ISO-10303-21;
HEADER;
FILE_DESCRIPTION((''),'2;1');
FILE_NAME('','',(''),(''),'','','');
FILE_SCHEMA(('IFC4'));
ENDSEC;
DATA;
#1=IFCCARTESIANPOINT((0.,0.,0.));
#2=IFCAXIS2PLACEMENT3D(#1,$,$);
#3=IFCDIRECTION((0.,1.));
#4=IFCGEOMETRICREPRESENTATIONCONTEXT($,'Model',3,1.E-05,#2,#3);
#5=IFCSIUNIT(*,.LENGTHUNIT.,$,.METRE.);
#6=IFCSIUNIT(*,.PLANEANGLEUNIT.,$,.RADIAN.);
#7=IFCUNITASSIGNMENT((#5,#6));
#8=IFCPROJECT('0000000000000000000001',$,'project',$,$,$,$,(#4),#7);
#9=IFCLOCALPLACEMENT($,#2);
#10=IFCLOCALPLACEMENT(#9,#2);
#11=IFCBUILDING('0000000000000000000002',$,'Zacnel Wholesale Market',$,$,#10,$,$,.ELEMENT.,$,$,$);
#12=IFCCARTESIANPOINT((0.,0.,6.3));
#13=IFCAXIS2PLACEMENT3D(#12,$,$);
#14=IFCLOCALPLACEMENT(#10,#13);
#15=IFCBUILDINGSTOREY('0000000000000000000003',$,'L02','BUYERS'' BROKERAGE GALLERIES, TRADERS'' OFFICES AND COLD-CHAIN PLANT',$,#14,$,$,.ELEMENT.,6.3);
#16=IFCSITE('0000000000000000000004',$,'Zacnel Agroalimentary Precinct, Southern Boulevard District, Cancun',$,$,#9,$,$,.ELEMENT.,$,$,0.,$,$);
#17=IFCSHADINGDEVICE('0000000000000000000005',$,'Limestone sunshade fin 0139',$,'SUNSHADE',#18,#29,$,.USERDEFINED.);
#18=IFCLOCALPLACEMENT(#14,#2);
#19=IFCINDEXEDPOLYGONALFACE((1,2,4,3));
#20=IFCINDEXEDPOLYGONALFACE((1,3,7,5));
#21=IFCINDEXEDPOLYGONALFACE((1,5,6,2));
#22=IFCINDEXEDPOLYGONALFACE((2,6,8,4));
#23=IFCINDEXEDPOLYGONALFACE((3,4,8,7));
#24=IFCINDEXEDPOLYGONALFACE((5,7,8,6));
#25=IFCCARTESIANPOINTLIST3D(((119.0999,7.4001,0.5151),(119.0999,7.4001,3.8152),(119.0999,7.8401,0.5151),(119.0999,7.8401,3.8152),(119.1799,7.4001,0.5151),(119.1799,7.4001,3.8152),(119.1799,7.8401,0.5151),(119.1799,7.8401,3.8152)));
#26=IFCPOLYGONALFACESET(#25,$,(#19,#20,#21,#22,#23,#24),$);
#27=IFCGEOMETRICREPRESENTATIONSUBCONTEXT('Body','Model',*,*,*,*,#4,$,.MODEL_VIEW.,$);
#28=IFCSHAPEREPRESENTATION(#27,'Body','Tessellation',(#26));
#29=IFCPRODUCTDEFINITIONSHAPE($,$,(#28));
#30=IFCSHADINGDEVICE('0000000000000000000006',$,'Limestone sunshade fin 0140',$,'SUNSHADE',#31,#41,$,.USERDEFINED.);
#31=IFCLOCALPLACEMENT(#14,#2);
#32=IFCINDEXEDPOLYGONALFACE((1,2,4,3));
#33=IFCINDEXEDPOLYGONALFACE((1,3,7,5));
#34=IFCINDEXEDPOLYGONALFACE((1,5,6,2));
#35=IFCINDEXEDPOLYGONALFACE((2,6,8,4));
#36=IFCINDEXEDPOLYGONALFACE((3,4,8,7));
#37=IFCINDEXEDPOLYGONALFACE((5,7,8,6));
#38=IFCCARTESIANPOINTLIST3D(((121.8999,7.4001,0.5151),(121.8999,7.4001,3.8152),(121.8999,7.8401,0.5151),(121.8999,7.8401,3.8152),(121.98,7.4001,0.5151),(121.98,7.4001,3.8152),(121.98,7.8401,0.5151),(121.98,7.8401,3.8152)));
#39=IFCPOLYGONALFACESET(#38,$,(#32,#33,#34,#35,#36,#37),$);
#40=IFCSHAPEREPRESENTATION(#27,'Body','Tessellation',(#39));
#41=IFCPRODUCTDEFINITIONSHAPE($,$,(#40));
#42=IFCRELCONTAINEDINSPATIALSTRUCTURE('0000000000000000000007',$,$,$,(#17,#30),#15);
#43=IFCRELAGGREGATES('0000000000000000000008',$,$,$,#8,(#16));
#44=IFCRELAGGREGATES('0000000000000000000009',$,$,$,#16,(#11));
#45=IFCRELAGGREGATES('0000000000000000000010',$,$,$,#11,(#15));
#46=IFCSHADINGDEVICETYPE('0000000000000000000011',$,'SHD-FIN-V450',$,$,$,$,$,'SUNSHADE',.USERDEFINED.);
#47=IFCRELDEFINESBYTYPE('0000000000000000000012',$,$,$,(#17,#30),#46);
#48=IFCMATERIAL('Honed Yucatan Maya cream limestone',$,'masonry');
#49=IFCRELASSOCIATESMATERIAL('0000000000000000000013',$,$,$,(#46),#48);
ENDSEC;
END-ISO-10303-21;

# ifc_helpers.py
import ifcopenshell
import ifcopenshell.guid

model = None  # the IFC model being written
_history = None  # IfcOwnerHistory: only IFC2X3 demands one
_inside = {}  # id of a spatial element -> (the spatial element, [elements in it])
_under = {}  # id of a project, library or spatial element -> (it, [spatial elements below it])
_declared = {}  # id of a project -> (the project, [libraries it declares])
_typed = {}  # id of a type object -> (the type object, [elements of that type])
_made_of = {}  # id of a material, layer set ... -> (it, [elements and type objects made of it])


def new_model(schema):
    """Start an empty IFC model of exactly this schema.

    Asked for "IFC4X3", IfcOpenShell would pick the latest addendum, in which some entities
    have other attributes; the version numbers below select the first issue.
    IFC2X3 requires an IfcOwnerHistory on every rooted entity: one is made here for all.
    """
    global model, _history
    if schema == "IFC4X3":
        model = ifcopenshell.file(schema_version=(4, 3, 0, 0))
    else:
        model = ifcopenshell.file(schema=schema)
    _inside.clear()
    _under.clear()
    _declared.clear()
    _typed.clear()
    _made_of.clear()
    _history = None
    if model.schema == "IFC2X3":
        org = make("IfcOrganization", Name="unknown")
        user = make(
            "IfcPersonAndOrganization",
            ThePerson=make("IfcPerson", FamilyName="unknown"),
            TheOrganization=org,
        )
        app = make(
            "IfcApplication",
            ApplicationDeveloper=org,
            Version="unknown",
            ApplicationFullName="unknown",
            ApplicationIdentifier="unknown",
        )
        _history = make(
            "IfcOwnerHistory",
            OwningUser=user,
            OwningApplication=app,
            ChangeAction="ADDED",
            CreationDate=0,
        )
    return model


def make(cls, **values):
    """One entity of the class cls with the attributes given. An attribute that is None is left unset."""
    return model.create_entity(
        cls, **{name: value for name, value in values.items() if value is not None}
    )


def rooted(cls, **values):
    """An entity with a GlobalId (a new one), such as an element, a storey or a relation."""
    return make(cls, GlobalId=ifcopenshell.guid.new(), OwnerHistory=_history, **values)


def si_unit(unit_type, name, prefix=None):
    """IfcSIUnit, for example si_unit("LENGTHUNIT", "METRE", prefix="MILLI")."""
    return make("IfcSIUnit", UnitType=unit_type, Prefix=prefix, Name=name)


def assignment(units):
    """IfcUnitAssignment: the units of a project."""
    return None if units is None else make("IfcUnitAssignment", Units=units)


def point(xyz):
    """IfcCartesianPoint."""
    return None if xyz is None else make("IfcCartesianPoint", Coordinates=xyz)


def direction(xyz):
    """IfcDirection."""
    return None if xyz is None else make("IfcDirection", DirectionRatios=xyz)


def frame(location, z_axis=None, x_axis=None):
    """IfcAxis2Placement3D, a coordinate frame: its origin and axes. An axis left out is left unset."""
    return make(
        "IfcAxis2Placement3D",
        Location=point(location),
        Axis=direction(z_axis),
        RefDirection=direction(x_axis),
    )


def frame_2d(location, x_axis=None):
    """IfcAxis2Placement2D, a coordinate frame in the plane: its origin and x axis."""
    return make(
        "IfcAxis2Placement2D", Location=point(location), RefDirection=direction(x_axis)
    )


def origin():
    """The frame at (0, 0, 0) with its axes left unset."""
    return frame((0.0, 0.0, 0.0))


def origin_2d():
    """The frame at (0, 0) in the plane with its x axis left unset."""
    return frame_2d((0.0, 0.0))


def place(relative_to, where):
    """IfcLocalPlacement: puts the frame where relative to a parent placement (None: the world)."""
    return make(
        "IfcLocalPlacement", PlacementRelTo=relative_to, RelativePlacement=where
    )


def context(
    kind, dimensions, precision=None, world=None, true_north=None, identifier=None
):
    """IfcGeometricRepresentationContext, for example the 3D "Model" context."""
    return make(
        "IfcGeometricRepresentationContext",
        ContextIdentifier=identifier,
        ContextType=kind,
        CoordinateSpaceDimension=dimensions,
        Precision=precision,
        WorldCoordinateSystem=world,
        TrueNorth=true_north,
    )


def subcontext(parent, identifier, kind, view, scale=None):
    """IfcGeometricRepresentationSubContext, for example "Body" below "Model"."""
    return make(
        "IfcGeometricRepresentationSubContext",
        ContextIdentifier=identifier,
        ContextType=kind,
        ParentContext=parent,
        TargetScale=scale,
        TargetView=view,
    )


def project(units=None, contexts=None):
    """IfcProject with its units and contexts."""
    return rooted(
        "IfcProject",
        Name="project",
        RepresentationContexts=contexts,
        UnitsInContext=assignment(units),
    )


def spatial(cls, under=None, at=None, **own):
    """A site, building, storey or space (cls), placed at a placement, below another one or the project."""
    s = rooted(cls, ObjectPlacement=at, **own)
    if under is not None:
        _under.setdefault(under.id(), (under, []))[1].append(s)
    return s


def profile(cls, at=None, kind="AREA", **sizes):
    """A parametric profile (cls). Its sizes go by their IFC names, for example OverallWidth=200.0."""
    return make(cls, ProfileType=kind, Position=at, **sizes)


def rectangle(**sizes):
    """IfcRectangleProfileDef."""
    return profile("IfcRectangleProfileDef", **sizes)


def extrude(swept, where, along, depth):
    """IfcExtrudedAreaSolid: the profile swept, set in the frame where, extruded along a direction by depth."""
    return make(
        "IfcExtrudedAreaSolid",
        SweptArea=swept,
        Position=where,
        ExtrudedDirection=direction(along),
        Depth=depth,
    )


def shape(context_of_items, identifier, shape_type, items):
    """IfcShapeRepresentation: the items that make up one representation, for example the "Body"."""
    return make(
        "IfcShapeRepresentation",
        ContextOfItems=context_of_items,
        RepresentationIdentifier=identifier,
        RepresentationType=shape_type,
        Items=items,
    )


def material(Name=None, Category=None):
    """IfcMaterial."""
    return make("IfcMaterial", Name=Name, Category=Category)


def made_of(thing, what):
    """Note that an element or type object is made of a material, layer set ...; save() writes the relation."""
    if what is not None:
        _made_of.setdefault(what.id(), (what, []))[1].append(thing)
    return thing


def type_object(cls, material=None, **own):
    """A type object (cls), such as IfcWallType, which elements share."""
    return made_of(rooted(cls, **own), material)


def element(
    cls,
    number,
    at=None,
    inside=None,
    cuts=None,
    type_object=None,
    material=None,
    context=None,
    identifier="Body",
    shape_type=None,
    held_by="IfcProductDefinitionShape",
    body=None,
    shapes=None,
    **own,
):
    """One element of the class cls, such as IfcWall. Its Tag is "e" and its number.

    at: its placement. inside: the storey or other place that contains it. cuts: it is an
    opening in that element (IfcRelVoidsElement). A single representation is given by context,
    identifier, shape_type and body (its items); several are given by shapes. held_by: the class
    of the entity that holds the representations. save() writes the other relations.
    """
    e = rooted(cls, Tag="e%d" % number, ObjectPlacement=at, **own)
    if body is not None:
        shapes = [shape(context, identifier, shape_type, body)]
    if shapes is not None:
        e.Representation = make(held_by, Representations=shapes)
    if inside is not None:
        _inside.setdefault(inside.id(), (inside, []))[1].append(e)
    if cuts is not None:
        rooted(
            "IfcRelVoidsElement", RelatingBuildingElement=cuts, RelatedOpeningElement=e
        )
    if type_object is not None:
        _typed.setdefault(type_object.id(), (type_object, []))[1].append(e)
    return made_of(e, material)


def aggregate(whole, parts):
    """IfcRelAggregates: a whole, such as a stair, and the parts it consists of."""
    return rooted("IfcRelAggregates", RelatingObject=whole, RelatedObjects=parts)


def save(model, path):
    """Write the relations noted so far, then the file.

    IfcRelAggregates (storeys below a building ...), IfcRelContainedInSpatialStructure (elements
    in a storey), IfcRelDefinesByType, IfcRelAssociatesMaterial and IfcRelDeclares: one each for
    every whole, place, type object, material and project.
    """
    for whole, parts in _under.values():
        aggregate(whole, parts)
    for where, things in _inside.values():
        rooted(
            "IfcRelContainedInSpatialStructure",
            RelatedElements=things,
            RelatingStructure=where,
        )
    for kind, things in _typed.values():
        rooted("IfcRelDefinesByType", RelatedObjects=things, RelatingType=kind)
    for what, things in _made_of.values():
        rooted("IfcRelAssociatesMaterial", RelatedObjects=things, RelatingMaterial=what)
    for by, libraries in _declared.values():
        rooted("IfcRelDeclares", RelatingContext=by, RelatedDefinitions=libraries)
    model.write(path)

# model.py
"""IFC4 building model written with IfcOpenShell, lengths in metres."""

from ifc_helpers import new_model, si_unit, direction, frame, origin, origin_2d, place, context, subcontext, project, spatial, rectangle, extrude, material, type_object, element, save


model = new_model("IFC4")

# Units and contexts
model_context = context("Model", 3, precision=1e-05, world=origin(), true_north=direction((0.0, 1.0)))
body_context = subcontext(model_context, "Body", "Model", "MODEL_VIEW")
ifc_project = project(units=[si_unit("LENGTHUNIT", "METRE"), si_unit("PLANEANGLEUNIT", "RADIAN")], contexts=[model_context])

# Site, building, storey
site_placement = place(None, origin())
site = spatial("IfcSite", under=ifc_project, at=site_placement, Name="Zacnel Agroalimentary Precinct, Southern Boulevard District, Cancun", CompositionType="ELEMENT", RefElevation=0.0)
building_placement = place(site_placement, origin())
building = spatial("IfcBuilding", under=site, at=building_placement, Name="Zacnel Wholesale Market", CompositionType="ELEMENT")
storey_placement = place(building_placement, frame((0.0, 0.0, 6.3)))
storey = spatial("IfcBuildingStorey", under=building, at=storey_placement, Name="L02", Description="BUYERS' BROKERAGE GALLERIES, TRADERS' OFFICES AND COLD-CHAIN PLANT", CompositionType="ELEMENT", Elevation=6.3)

# Shading devices
ifc_material_1 = material(Name="Honed Yucatan Maya cream limestone", Category="masonry")
shading_device_type = type_object("IfcShadingDeviceType", Name="SHD-FIN-V450", ElementType="SUNSHADE", PredefinedType="USERDEFINED", material=ifc_material_1)
for number, where, z_axis, x_axis, name in (
    (1, (119.1399, 7.6201, 0.5151), (0.0, 0.0, 1.0), (1.0, 0.0, 0.0), "Limestone sunshade fin 0139"),
    (2, (121.9399, 7.6201, 0.5151), (0.0, 0.0, 1.0), (1.0, 0.0, 0.0), "Limestone sunshade fin 0140"),
):
    element("IfcShadingDevice", number, at=place(storey_placement, frame(where, z_axis=z_axis, x_axis=x_axis)), inside=storey, type_object=shading_device_type, Name=name, ObjectType="SUNSHADE", PredefinedType="USERDEFINED", context=body_context, shape_type="SweptSolid", body=[
        extrude(rectangle(XDim=0.0801, YDim=0.4399, at=origin_2d()), origin(), (0.0, 0.0, 1.0), 3.3),
    ])

save(model, "model.ifc")
